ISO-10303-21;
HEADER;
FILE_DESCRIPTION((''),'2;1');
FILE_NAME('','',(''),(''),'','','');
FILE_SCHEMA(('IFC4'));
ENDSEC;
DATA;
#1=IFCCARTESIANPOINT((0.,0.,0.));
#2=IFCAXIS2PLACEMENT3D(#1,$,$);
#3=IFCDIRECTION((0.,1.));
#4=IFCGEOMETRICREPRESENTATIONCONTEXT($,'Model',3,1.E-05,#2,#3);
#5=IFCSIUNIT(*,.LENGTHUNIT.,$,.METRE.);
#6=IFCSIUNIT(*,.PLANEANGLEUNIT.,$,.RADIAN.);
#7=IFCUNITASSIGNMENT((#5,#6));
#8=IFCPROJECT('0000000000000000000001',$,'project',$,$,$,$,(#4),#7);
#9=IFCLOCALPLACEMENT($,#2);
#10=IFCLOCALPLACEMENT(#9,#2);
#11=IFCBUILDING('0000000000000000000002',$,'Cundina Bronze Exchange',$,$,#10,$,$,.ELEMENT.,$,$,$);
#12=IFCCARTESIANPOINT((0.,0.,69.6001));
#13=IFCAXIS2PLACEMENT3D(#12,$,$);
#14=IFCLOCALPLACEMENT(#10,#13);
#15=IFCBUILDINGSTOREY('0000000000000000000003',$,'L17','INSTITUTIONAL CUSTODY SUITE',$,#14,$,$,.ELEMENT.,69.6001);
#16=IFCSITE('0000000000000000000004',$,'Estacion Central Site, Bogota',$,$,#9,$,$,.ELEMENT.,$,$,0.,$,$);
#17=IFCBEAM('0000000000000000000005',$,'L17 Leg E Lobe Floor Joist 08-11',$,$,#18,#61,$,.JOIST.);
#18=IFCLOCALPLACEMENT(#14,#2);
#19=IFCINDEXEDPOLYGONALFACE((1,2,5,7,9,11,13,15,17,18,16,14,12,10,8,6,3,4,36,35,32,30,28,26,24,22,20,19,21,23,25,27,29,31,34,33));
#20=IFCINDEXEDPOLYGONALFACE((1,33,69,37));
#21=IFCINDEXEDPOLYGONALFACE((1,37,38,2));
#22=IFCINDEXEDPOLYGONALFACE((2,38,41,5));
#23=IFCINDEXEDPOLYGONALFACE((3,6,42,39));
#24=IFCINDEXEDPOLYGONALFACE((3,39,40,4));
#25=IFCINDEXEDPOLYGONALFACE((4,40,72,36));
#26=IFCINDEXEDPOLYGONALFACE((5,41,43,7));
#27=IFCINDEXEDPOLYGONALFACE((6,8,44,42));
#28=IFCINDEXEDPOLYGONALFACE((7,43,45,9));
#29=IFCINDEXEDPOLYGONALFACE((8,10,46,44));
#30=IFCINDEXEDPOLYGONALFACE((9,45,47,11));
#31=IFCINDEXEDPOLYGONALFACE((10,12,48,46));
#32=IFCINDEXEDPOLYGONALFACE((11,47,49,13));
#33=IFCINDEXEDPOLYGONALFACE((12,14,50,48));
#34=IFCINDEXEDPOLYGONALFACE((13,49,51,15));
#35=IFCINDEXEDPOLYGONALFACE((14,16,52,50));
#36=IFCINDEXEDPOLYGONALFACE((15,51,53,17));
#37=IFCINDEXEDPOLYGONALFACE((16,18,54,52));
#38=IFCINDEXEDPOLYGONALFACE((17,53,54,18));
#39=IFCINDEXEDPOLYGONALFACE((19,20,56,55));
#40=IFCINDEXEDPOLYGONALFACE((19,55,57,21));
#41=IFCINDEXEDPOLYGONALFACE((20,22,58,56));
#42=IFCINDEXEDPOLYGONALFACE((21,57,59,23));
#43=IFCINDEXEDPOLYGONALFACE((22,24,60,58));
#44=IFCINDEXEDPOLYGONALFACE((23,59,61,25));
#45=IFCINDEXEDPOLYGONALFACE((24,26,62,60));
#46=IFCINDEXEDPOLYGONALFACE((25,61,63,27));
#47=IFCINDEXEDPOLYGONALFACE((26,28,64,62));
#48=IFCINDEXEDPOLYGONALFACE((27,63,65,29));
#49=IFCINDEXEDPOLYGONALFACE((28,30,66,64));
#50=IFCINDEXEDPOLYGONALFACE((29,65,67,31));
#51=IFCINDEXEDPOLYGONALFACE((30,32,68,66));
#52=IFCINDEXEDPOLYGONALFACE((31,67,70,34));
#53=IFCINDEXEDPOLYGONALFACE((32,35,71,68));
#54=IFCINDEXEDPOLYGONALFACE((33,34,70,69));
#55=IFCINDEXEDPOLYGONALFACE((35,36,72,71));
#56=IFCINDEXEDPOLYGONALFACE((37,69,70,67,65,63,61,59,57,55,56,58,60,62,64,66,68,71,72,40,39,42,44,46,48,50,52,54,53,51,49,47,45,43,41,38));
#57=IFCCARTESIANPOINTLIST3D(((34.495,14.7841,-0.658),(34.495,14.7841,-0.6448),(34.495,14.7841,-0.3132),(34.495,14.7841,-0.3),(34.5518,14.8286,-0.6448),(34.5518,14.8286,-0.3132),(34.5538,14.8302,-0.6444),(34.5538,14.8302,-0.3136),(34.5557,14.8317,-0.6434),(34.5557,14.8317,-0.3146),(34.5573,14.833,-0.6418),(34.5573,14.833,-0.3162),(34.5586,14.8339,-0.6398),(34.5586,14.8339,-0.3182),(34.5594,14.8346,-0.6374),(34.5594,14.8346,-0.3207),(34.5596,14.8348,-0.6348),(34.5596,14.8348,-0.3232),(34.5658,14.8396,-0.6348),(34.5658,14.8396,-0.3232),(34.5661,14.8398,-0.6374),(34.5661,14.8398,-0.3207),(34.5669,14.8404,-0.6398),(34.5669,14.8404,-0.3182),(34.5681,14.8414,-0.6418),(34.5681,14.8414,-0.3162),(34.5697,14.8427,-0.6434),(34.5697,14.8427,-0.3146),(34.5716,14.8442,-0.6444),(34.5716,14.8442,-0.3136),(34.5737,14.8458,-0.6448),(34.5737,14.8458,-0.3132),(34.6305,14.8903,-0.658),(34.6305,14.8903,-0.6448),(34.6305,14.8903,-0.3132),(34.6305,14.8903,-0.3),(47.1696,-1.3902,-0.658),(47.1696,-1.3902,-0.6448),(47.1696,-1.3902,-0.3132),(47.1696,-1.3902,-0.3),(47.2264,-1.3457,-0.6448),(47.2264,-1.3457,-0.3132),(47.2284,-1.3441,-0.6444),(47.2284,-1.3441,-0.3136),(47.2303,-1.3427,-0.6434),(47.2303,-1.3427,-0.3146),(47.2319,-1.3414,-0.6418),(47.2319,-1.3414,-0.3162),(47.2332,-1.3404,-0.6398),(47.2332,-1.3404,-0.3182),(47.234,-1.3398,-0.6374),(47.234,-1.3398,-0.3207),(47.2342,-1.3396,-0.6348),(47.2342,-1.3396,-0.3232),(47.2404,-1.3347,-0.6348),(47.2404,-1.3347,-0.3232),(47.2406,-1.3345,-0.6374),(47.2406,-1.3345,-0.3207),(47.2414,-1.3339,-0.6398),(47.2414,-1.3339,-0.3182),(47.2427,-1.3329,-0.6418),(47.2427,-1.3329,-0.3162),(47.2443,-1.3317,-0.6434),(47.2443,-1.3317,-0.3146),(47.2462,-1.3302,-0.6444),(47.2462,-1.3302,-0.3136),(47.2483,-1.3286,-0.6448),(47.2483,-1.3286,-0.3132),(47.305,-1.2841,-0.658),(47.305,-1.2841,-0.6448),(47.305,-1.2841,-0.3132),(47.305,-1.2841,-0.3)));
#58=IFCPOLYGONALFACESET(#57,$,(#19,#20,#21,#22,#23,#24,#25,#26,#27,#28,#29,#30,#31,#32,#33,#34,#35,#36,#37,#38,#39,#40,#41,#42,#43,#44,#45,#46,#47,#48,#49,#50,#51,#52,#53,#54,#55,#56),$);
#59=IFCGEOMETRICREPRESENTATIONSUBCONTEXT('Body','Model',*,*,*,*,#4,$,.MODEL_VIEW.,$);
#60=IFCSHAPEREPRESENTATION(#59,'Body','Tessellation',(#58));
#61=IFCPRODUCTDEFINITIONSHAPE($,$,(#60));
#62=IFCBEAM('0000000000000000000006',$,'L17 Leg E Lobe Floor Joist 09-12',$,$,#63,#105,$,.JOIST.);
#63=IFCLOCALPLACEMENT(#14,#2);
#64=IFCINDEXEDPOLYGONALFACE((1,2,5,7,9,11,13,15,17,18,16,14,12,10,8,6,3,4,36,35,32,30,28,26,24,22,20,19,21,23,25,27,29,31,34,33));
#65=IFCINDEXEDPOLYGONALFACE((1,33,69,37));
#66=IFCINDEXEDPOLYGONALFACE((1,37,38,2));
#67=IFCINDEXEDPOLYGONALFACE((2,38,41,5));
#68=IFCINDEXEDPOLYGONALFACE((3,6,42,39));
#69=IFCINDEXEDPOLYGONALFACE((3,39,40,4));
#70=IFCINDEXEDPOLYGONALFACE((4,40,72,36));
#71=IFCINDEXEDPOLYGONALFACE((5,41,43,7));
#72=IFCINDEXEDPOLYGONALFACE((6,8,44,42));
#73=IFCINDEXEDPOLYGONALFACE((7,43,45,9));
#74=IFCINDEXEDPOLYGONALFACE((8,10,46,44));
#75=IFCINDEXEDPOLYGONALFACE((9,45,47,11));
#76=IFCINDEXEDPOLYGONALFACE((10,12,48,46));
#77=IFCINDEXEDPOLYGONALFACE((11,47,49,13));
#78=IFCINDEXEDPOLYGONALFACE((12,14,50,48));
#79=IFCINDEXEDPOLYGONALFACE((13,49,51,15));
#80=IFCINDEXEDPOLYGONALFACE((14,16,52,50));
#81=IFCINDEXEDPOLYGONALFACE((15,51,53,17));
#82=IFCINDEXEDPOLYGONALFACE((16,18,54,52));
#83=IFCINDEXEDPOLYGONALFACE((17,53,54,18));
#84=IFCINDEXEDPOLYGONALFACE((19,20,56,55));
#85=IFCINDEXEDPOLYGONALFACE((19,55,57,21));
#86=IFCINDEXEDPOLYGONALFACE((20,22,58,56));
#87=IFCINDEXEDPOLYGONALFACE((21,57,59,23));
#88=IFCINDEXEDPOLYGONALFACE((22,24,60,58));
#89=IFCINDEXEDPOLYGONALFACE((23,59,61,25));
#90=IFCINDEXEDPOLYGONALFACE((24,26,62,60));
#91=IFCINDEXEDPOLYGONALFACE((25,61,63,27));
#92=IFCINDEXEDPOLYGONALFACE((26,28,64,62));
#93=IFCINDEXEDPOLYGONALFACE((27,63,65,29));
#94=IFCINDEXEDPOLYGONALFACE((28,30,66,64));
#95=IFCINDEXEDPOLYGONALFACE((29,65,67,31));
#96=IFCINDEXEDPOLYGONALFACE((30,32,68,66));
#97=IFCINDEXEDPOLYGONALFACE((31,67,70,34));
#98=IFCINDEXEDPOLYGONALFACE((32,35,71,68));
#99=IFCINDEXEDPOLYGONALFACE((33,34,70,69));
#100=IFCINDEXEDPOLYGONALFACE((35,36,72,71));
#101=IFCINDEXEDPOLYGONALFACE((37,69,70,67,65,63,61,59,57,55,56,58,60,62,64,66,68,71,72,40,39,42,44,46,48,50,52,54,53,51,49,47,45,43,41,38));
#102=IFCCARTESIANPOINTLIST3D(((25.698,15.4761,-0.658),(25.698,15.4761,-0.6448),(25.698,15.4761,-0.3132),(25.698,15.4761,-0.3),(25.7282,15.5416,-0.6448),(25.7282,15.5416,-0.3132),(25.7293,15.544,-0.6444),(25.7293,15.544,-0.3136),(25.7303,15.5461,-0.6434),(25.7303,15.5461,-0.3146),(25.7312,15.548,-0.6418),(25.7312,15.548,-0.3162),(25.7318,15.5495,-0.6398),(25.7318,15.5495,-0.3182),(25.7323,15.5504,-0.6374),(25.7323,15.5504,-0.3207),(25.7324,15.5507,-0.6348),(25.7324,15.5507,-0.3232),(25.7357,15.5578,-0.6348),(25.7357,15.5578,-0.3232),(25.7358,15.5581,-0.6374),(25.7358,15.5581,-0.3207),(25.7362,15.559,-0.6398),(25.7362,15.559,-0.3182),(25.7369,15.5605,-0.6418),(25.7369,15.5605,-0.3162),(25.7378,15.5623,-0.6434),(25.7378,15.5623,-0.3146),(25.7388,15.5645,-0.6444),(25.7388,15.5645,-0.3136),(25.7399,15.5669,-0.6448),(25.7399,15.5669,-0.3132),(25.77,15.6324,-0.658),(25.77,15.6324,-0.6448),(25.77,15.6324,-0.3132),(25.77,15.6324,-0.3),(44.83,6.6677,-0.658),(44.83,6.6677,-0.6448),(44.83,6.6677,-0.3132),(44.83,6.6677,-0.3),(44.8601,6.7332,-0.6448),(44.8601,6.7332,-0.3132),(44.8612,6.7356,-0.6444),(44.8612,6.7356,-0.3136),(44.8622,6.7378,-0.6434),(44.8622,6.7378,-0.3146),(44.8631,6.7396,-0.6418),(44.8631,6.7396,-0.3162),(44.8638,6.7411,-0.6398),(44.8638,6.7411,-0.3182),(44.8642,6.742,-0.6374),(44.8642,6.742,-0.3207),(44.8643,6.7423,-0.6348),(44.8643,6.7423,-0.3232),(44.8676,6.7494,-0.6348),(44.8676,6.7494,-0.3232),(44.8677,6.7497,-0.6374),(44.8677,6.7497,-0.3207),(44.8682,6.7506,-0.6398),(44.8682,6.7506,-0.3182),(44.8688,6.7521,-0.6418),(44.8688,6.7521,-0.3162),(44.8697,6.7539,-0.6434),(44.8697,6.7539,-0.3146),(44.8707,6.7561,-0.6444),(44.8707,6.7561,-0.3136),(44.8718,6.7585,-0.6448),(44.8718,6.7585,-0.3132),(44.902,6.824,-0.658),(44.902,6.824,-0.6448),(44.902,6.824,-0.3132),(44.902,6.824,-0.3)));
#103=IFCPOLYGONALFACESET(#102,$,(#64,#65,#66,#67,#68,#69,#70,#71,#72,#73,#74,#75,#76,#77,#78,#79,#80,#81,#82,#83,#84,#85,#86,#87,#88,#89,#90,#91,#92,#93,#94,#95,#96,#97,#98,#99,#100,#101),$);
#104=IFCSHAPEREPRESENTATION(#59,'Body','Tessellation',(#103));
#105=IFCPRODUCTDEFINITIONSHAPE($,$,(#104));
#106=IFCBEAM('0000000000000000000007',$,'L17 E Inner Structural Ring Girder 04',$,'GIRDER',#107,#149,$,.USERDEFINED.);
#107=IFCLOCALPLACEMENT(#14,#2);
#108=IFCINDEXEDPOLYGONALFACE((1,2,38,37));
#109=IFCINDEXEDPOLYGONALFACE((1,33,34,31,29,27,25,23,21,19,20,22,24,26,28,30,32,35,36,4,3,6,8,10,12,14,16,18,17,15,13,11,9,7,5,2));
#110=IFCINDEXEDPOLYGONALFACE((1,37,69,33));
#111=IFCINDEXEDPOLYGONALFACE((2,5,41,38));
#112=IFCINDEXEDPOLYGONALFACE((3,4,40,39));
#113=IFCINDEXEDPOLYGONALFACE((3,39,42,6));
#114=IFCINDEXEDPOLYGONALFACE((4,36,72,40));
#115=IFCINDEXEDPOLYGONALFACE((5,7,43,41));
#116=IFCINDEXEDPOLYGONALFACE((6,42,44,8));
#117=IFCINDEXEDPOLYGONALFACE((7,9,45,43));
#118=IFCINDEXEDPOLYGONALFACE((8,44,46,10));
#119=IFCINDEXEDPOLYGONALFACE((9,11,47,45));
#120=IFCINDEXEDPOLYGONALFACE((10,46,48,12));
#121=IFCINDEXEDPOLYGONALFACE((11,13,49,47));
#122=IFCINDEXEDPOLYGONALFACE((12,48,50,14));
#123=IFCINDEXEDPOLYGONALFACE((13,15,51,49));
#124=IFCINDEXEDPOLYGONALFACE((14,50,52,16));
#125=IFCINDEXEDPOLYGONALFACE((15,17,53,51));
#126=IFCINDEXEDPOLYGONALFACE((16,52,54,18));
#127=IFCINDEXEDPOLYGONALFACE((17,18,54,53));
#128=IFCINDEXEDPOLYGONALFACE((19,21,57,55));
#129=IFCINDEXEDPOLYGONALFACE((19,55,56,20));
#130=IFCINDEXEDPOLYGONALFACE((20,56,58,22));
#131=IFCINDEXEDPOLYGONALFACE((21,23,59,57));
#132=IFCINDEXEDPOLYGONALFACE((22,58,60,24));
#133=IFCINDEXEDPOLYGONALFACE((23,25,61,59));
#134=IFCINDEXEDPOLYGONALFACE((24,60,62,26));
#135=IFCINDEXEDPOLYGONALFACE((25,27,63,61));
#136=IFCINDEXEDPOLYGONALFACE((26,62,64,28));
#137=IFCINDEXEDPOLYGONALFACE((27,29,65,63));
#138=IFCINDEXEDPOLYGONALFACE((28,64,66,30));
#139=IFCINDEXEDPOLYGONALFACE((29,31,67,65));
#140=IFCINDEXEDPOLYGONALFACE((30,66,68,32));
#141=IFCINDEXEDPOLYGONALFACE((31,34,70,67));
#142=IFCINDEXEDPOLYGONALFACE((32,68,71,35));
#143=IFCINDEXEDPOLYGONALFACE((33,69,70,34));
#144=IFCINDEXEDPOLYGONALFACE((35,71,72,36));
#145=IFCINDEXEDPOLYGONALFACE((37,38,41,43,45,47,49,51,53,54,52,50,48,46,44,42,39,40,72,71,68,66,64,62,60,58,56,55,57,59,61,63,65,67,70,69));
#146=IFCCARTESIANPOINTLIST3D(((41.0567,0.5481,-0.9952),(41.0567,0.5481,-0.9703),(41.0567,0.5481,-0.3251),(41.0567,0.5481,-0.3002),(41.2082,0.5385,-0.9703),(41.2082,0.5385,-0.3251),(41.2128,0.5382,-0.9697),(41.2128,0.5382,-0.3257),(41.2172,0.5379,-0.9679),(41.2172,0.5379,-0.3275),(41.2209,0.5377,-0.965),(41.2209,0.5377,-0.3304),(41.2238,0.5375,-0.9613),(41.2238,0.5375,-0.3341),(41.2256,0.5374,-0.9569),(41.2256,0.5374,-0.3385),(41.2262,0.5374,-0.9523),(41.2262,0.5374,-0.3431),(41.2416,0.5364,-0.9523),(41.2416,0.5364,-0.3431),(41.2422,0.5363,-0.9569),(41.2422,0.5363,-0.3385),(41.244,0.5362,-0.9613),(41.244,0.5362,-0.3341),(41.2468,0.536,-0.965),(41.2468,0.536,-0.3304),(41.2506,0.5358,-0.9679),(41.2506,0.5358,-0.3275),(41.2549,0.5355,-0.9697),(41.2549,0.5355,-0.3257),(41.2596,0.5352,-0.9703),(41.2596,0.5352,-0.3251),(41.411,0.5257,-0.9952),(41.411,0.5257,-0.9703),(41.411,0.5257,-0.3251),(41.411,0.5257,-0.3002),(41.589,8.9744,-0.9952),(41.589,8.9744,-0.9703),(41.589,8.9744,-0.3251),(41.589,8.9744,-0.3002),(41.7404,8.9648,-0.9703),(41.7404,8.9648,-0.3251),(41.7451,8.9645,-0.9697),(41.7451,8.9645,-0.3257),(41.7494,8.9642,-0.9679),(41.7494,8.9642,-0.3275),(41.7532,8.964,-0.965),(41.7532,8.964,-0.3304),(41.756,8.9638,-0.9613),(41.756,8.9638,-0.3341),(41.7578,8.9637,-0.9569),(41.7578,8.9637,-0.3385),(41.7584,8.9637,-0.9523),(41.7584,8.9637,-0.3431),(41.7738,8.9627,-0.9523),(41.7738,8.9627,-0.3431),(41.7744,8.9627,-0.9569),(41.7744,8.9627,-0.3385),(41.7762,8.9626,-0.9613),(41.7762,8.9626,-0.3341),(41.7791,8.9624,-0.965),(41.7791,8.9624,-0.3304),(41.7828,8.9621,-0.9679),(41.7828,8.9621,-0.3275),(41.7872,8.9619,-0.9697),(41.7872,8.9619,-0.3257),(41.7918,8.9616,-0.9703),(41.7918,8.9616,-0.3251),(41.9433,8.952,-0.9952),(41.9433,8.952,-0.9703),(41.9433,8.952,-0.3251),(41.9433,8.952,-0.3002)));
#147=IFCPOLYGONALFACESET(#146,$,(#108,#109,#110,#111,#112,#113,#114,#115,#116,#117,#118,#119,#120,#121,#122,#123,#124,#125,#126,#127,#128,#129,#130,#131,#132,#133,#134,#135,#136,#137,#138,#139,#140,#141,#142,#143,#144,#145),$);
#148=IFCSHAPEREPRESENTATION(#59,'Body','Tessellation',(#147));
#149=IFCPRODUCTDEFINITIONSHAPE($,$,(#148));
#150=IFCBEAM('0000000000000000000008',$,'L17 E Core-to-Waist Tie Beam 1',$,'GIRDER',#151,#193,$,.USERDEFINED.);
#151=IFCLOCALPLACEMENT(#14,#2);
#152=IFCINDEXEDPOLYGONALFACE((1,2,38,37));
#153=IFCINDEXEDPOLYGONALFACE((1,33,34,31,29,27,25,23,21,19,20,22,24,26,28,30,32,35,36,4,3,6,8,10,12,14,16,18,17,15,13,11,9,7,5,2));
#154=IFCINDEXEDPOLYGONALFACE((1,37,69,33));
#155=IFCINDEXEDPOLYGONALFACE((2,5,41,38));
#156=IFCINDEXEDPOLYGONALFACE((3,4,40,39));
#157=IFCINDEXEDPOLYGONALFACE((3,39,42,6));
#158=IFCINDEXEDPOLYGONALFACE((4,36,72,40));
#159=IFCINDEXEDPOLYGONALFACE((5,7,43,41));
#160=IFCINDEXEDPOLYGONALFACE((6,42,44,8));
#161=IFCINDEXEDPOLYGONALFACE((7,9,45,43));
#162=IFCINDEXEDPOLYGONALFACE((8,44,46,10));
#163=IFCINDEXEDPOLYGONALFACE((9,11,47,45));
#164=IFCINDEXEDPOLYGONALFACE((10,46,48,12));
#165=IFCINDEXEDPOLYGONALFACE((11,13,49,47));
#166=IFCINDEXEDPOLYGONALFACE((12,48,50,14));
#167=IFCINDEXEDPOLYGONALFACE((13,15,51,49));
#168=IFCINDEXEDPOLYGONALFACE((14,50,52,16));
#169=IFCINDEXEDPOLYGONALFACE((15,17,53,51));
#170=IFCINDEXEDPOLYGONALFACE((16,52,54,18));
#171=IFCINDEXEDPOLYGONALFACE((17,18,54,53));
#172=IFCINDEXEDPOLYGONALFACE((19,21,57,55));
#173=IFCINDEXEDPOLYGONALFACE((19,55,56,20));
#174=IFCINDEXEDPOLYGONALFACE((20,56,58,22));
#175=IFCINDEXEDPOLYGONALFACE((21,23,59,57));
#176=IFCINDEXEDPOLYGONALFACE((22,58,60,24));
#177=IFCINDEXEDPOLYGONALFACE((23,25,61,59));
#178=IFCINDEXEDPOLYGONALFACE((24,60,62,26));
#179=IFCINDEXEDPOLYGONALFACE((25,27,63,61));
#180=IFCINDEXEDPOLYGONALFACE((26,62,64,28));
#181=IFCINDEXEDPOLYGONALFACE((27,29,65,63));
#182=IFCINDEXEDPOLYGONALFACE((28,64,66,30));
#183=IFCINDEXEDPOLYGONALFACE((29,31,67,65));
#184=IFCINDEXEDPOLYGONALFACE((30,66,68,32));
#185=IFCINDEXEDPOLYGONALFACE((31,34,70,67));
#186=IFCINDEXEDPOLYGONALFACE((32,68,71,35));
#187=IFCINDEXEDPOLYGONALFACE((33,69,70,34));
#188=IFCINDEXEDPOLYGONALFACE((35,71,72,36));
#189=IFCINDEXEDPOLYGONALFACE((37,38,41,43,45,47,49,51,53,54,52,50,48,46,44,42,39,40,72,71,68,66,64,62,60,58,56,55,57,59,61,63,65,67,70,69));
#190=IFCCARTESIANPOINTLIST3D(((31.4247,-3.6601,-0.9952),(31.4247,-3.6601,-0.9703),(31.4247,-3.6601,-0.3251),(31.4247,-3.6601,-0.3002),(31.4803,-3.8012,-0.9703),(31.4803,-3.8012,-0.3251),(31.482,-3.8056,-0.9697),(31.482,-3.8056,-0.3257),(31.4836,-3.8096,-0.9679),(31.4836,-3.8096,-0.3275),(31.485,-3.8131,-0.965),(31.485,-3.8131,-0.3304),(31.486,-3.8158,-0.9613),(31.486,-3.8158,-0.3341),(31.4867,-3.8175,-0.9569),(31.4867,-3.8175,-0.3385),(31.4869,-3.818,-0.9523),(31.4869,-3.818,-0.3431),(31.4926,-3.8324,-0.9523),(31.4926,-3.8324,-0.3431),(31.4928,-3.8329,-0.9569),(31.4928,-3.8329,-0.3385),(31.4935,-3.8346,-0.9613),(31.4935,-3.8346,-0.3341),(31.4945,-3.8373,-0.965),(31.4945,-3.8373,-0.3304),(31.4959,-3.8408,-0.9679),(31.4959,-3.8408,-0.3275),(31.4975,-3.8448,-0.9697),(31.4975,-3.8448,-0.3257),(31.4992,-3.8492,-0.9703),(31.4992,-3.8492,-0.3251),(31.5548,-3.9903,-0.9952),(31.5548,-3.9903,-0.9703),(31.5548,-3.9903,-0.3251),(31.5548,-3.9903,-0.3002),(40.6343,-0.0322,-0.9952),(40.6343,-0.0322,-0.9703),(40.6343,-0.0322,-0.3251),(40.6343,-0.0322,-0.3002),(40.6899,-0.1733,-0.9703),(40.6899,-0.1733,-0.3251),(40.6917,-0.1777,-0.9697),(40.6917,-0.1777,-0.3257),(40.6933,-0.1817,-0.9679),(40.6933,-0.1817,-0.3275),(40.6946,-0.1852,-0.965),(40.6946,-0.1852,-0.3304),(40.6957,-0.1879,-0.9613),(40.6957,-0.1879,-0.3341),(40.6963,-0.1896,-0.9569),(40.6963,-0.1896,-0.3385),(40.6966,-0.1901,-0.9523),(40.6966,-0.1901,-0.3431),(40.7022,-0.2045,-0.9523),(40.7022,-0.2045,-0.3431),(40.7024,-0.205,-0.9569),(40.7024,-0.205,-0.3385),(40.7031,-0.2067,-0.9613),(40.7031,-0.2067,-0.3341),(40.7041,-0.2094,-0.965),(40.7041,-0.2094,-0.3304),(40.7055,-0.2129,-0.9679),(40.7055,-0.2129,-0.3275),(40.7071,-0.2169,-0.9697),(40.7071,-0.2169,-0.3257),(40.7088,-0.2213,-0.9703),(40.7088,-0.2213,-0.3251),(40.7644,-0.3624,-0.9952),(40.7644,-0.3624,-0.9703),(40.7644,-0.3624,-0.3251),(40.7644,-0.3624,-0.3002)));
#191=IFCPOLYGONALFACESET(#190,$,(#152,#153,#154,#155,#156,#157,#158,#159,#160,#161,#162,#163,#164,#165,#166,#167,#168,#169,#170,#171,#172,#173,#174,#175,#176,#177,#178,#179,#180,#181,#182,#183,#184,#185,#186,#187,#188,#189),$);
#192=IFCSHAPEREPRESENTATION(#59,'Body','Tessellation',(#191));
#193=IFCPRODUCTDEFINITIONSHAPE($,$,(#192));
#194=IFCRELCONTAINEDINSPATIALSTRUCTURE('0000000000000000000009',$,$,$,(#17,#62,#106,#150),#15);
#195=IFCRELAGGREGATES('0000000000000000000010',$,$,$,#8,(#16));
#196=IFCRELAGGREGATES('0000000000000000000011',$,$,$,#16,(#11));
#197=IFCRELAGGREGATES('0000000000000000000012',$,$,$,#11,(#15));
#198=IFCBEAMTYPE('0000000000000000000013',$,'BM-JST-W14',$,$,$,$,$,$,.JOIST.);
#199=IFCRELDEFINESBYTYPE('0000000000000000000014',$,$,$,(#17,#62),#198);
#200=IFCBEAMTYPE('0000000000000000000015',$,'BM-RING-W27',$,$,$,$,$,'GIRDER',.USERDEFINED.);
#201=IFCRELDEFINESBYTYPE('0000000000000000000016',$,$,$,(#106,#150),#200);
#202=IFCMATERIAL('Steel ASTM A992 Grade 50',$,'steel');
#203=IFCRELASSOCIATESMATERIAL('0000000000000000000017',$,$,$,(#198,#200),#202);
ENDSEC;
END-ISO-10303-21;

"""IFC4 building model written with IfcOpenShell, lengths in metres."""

from ifc_helpers import new_model, si_unit, direction, frame, origin, origin_2d, place, context, subcontext, project, spatial, i_section, extrude, material, material_profile, profile_set, type_object, element, save


model = new_model("IFC4")

# Units and contexts
model_context = context("Model", 3, precision=1e-05, world=origin(), true_north=direction((0.0, 1.0)))
body_context = subcontext(model_context, "Body", "Model", "MODEL_VIEW")
ifc_project = project(units=[si_unit("LENGTHUNIT", "METRE"), si_unit("PLANEANGLEUNIT", "RADIAN")], contexts=[model_context])

# Site, building, storey
site_placement = place(None, origin())
site = spatial("IfcSite", under=ifc_project, at=site_placement, Name="Estacion Central Site, Bogota", CompositionType="ELEMENT", RefElevation=0.0)
building_placement = place(site_placement, origin())
building = spatial("IfcBuilding", under=site, at=building_placement, Name="Cundina Bronze Exchange", CompositionType="ELEMENT")
storey_placement = place(building_placement, frame((0.0, 0.0, 69.6001)))
storey = spatial("IfcBuildingStorey", under=building, at=storey_placement, Name="L17", Description="INSTITUTIONAL CUSTODY SUITE", CompositionType="ELEMENT", Elevation=69.6001)

# Shared definitions
ifc_material_1 = material(Name="Steel ASTM A992 Grade 50", Category="steel")

# Beams
ifc_material_profile_1 = material_profile(ifc_material_1, i_section(OverallWidth=0.1721, OverallDepth=0.3579, WebThickness=0.0078, FlangeThickness=0.0132, FilletRadius=0.01, at=origin_2d()), Name="W14X38", Category="steel")
ifc_profile_set_1 = profile_set([ifc_material_profile_1], Name="Steel ASTM A992 Grade 50")
beam_type_1 = type_object("IfcBeamType", Name="BM-JST-W14", PredefinedType="JOIST", material=ifc_profile_set_1)
beam_1_placement = place(storey_placement, frame((47.2373, -1.3372, -0.479), z_axis=(-0.616803, 0.787117, 0.0), x_axis=(-0.787117, -0.616803, 0.0)))
element("IfcBeam", 1, at=beam_1_placement, inside=storey, type_object=beam_type_1, Name="L17 Leg E Lobe Floor Joist 08-11", PredefinedType="JOIST", context=body_context, shape_type="SweptSolid", body=[
    extrude(i_section(OverallWidth=0.1721, OverallDepth=0.3579, WebThickness=0.0078, FlangeThickness=0.0132, FilletRadius=0.01, at=origin_2d()), origin(), (0.0, 0.0, 1.0), 20.5488),
])
beam_2_placement = place(storey_placement, frame((44.866, 6.7458, -0.479), z_axis=(-0.908352, 0.418208, 0.0), x_axis=(-0.418208, -0.908352, 0.0)))
element("IfcBeam", 2, at=beam_2_placement, inside=storey, type_object=beam_type_1, Name="L17 Leg E Lobe Floor Joist 09-12", PredefinedType="JOIST", context=body_context, shape_type="SweptSolid", body=[
    extrude(i_section(OverallWidth=0.1721, OverallDepth=0.3579, WebThickness=0.0078, FlangeThickness=0.0132, FilletRadius=0.01, at=origin_2d()), origin(), (0.0, 0.0, 1.0), 21.0623),
])
ifc_material_profile_2 = material_profile(ifc_material_1, i_section(OverallWidth=0.355, OverallDepth=0.6951, WebThickness=0.0154, FlangeThickness=0.0249, FilletRadius=0.0181, at=origin_2d()), Name="W27X146", Category="steel")
ifc_profile_set_2 = profile_set([ifc_material_profile_2], Name="Steel ASTM A992 Grade 50")
beam_type_2 = type_object("IfcBeamType", Name="BM-RING-W27", ElementType="GIRDER", PredefinedType="USERDEFINED", material=ifc_profile_set_2)
beam_3_placement = place(storey_placement, frame((41.2339, 0.5369, -0.6477), z_axis=(0.063037, 0.998011, 0.0), x_axis=(-0.998011, 0.063037, 0.0)))
element("IfcBeam", 3, at=beam_3_placement, inside=storey, type_object=beam_type_2, Name="L17 E Inner Structural Ring Girder 04", ObjectType="GIRDER", PredefinedType="USERDEFINED", context=body_context, shape_type="SweptSolid", body=[
    extrude(i_section(OverallWidth=0.355, OverallDepth=0.6951, WebThickness=0.0154, FlangeThickness=0.0249, FilletRadius=0.0181, at=origin_2d()), origin(), (0.0, 0.0, 1.0), 8.4431),
])
beam_4_placement = place(storey_placement, frame((31.4897, -3.8252, -0.6477), z_axis=(0.930413, 0.366512, 0.0), x_axis=(-0.366512, 0.930413, 0.0)))
element("IfcBeam", 4, at=beam_4_placement, inside=storey, type_object=beam_type_2, Name="L17 E Core-to-Waist Tie Beam 1", ObjectType="GIRDER", PredefinedType="USERDEFINED", context=body_context, shape_type="SweptSolid", body=[
    extrude(i_section(OverallWidth=0.355, OverallDepth=0.6951, WebThickness=0.0154, FlangeThickness=0.0249, FilletRadius=0.0181, at=origin_2d()), origin(), (0.0, 0.0, 1.0), 9.8984),
])

save(model, "model.ifc")
